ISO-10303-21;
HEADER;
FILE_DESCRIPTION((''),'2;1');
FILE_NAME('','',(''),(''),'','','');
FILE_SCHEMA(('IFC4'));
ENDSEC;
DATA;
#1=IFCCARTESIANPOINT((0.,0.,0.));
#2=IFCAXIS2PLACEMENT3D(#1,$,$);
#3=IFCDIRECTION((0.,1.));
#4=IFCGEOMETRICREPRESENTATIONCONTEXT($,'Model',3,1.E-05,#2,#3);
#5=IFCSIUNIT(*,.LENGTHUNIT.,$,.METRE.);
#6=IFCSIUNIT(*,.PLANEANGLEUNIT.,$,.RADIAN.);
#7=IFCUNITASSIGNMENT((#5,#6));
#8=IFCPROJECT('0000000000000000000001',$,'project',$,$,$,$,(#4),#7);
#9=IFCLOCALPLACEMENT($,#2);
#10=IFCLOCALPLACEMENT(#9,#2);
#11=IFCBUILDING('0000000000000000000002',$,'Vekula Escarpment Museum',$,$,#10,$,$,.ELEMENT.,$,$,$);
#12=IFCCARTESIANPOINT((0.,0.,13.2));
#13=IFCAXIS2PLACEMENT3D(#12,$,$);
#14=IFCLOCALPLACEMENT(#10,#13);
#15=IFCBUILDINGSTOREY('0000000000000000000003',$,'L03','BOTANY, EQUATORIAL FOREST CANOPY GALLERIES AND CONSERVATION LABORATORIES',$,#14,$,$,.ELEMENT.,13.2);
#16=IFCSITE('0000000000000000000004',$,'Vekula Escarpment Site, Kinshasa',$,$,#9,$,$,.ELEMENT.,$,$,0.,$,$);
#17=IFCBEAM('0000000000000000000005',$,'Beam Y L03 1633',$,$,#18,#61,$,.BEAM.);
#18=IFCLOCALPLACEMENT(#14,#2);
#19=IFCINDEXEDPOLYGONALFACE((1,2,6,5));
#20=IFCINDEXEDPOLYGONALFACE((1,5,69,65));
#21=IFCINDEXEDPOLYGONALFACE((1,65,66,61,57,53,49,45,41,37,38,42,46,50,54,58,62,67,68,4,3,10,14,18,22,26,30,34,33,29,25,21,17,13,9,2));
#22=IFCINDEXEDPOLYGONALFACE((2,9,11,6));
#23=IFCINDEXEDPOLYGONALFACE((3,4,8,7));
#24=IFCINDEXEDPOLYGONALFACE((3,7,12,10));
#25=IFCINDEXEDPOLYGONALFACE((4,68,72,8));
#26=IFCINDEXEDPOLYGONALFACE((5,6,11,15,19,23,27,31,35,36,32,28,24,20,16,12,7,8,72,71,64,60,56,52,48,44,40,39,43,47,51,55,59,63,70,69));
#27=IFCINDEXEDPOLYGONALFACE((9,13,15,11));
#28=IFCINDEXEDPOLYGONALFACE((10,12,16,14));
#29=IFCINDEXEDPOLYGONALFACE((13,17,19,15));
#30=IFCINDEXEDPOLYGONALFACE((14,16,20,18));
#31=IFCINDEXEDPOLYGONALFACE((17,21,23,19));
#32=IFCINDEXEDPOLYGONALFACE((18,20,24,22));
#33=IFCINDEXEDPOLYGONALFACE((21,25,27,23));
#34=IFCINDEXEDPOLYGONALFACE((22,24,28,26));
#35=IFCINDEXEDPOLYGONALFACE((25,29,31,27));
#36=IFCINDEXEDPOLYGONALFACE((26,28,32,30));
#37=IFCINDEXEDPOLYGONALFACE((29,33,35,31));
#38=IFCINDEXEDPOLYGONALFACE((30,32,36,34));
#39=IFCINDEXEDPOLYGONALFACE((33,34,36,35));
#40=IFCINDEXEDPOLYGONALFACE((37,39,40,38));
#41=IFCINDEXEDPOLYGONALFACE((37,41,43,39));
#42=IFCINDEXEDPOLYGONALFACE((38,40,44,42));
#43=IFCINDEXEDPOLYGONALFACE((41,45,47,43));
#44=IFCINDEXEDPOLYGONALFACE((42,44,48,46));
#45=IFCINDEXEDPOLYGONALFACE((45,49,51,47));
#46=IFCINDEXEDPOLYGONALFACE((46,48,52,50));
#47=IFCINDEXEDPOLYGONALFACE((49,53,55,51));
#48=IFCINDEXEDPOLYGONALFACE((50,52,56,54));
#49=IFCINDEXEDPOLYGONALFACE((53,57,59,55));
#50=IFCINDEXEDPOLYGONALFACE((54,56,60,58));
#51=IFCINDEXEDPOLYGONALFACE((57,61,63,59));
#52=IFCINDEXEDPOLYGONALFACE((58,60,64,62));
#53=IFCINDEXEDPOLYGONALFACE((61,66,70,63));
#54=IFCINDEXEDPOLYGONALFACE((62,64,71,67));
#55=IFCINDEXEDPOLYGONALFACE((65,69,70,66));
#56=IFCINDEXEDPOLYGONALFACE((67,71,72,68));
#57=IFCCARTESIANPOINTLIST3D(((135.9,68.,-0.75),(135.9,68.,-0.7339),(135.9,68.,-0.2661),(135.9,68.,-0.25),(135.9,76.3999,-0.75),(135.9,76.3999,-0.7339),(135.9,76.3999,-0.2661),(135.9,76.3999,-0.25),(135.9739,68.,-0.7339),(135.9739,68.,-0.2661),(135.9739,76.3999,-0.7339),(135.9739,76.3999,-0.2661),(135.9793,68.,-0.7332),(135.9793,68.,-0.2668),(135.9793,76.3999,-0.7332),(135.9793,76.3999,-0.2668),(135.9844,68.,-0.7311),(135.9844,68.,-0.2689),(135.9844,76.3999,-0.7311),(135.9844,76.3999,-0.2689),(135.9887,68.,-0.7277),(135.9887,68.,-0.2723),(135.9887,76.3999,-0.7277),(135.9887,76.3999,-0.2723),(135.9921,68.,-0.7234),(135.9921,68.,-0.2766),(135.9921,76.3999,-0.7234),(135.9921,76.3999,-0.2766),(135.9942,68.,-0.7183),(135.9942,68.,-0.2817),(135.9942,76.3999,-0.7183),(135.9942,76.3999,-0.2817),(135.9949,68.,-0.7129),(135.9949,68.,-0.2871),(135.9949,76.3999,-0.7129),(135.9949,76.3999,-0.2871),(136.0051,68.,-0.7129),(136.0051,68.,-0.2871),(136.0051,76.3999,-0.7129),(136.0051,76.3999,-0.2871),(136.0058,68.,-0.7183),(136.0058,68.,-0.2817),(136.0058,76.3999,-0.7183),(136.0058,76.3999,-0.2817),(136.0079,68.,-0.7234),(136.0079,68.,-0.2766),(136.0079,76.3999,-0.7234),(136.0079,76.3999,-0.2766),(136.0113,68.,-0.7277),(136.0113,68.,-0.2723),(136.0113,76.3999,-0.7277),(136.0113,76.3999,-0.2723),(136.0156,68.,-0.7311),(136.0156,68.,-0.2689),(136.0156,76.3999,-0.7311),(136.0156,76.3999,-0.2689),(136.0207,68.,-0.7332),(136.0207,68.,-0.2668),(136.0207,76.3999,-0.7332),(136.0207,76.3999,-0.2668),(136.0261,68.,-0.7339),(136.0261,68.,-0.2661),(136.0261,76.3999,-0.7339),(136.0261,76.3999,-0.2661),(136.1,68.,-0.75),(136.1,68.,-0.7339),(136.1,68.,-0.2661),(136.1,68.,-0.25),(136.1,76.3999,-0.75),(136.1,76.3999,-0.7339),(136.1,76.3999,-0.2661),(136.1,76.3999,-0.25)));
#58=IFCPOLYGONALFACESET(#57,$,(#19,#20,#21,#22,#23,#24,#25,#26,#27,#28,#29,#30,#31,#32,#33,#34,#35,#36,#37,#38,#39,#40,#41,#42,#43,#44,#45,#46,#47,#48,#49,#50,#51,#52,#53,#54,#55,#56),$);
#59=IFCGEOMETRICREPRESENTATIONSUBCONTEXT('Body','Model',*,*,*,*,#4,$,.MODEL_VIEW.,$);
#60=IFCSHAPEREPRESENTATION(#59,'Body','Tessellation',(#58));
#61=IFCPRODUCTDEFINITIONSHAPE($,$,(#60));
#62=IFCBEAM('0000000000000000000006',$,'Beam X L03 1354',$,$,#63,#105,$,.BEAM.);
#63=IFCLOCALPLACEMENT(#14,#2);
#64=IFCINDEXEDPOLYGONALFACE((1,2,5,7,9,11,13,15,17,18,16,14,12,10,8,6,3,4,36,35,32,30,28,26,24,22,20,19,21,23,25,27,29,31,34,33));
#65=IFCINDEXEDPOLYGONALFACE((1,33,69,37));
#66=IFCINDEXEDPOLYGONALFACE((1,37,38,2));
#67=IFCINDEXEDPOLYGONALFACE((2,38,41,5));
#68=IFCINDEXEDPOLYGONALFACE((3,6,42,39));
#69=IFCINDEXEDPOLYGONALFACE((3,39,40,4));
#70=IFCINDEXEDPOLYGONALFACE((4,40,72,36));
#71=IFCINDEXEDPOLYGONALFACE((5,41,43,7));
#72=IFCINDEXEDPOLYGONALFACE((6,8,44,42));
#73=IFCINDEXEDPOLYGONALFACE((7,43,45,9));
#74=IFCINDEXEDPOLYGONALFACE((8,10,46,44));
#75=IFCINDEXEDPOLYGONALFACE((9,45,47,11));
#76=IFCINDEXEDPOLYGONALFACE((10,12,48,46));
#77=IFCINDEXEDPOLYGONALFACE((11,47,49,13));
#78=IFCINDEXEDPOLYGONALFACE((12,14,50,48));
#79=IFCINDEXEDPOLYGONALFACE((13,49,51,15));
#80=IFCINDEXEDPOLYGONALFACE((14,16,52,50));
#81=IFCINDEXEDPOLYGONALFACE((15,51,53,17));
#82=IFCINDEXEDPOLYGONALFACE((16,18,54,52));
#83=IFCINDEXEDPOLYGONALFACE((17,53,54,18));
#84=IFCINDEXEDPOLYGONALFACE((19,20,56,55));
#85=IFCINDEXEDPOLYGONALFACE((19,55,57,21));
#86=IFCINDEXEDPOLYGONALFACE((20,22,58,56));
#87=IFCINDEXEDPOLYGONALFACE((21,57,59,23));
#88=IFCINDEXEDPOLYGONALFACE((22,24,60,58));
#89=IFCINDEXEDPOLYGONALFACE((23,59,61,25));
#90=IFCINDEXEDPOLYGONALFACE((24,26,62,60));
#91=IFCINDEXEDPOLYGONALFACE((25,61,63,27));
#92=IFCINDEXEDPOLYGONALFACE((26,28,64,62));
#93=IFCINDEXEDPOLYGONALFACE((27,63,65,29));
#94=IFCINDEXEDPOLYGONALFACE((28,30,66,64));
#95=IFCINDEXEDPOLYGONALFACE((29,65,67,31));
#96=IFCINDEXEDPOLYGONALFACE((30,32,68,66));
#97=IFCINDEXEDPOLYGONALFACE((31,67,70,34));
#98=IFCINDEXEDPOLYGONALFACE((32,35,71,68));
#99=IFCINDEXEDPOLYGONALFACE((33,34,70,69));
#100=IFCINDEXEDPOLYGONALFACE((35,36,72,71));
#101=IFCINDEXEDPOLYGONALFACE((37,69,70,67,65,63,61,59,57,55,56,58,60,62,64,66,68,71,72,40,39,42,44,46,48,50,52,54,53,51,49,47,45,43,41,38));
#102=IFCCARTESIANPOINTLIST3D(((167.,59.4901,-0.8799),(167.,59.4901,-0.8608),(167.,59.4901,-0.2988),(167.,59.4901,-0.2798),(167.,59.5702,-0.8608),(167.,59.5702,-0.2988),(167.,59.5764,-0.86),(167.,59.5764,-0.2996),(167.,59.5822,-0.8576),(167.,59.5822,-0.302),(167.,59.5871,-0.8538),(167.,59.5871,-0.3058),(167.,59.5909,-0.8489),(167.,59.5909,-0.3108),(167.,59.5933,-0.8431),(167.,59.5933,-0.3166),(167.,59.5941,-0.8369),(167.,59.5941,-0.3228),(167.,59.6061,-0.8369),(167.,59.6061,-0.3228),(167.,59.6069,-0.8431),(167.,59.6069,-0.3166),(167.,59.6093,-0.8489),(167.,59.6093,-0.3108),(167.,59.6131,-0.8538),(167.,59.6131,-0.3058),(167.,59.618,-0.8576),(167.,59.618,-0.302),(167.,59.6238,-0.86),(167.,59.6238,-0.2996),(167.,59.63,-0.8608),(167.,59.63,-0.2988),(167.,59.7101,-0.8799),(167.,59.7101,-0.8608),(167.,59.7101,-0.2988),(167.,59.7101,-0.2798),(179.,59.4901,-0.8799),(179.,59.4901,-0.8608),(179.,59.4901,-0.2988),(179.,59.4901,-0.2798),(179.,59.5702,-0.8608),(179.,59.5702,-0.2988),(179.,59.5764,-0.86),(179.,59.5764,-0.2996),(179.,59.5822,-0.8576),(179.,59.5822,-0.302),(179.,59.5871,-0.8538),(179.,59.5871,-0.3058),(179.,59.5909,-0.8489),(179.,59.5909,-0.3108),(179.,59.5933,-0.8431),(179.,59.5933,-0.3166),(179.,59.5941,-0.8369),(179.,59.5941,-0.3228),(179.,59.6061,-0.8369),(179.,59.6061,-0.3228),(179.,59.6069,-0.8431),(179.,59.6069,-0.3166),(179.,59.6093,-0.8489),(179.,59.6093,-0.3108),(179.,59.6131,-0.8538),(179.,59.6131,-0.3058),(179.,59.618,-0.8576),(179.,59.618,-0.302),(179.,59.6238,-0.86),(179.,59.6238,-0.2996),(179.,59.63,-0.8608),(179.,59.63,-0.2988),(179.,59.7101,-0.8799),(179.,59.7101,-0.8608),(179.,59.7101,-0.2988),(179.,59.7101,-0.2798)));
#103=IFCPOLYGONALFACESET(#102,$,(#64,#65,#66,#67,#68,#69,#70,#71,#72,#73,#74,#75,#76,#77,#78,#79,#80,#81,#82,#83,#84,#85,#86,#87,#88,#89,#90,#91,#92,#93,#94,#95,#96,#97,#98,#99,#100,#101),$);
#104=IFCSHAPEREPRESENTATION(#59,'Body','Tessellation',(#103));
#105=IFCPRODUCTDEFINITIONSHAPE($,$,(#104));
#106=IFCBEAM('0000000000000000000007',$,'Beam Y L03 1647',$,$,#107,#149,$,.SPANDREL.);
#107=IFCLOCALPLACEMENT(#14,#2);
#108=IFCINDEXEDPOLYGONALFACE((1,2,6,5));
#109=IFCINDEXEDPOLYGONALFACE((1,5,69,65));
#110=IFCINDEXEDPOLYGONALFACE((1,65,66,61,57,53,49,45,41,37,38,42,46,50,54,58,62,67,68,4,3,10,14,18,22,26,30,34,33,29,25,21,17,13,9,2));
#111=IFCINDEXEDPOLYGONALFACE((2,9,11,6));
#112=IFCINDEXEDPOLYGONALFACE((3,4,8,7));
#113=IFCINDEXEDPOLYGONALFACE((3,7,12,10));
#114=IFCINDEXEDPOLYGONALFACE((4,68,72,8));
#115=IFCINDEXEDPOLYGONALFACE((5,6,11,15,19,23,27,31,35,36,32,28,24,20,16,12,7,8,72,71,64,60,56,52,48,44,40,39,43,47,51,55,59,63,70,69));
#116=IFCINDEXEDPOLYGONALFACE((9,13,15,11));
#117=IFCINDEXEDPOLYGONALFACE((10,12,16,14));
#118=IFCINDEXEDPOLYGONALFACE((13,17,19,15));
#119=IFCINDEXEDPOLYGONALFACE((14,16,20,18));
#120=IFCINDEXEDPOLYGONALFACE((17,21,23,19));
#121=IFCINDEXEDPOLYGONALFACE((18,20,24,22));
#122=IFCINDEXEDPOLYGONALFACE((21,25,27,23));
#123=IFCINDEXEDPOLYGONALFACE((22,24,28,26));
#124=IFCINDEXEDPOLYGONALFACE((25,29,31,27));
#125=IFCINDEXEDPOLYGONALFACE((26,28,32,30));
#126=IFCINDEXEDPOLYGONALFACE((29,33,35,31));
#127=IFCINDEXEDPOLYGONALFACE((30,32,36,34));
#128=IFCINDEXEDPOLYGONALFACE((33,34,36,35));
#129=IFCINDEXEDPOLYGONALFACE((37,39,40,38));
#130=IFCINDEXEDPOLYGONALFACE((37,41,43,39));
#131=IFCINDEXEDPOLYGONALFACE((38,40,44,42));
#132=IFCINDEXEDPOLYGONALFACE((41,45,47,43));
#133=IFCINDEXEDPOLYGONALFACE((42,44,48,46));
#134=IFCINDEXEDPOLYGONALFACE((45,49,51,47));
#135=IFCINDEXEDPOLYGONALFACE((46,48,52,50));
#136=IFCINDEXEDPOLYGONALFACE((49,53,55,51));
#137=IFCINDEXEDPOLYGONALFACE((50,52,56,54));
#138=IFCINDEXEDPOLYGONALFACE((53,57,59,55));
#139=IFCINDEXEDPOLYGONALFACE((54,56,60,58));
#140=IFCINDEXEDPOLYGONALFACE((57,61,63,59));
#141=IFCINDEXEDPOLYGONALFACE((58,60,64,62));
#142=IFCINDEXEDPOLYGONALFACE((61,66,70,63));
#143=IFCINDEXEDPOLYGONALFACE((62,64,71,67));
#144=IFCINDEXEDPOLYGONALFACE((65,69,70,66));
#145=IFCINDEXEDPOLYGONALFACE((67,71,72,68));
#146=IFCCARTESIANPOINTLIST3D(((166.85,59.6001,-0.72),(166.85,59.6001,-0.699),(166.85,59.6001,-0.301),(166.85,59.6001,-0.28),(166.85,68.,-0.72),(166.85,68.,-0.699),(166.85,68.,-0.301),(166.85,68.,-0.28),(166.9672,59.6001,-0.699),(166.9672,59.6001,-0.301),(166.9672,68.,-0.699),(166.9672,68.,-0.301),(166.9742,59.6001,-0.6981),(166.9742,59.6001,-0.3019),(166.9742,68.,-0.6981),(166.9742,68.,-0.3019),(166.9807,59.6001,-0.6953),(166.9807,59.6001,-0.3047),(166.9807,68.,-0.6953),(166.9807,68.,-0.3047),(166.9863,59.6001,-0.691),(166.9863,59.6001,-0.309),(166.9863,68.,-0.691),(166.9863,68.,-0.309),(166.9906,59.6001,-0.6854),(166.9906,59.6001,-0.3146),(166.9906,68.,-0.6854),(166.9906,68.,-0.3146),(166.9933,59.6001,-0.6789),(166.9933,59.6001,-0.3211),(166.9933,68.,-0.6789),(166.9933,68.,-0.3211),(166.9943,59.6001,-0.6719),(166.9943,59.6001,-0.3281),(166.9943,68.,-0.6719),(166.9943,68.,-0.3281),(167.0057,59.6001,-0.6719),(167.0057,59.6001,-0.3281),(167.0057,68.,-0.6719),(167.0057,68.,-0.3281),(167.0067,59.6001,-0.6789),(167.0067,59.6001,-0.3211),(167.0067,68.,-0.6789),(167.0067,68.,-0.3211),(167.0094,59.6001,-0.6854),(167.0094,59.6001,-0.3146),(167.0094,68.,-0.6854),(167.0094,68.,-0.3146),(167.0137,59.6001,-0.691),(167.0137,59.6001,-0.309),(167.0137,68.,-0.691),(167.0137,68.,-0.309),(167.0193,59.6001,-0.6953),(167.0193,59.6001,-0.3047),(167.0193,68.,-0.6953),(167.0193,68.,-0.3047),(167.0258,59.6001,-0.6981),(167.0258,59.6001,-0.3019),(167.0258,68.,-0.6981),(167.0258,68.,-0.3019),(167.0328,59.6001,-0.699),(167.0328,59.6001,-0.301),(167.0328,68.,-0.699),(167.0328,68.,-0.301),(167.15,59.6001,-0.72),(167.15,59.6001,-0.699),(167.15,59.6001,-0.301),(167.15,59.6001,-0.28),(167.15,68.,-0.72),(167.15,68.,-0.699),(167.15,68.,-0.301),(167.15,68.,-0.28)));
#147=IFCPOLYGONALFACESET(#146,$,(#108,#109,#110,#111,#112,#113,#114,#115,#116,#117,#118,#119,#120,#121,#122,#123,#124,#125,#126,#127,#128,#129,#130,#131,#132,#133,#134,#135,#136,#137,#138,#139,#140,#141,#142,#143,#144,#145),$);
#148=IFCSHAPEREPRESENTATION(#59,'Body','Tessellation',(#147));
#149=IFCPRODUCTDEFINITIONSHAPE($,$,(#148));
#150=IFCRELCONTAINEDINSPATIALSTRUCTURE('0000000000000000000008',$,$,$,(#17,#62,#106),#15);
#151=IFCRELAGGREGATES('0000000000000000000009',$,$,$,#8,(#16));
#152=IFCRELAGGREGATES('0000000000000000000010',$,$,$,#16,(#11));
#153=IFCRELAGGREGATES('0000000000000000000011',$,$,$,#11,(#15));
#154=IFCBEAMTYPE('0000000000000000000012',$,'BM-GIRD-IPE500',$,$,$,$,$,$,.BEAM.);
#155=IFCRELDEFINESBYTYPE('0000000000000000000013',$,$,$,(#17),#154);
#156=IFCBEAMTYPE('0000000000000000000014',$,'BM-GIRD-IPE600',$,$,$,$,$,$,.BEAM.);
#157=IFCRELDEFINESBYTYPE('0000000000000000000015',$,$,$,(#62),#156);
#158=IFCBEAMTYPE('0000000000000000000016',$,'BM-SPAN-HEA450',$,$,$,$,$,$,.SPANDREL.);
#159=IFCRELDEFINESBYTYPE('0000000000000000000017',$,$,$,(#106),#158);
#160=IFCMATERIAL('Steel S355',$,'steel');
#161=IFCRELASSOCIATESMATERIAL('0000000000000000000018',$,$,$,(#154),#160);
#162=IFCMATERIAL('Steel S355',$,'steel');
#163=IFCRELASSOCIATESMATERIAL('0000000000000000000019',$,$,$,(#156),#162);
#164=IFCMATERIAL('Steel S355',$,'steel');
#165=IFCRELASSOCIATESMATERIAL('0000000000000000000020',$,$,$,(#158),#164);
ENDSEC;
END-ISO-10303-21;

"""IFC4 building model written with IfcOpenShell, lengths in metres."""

from ifc_helpers import new_model, si_unit, direction, frame, origin, origin_2d, place, context, subcontext, project, spatial, i_section, extrude, material, material_profile, profile_set, type_object, element, save


model = new_model("IFC4")

# Units and contexts
model_context = context("Model", 3, precision=1e-05, world=origin(), true_north=direction((0.0, 1.0)))
body_context = subcontext(model_context, "Body", "Model", "MODEL_VIEW")
ifc_project = project(units=[si_unit("LENGTHUNIT", "METRE"), si_unit("PLANEANGLEUNIT", "RADIAN")], contexts=[model_context])

# Site, building, storey
site_placement = place(None, origin())
site = spatial("IfcSite", under=ifc_project, at=site_placement, Name="Vekula Escarpment Site, Kinshasa", CompositionType="ELEMENT", RefElevation=0.0)
building_placement = place(site_placement, origin())
building = spatial("IfcBuilding", under=site, at=building_placement, Name="Vekula Escarpment Museum", CompositionType="ELEMENT")
storey_placement = place(building_placement, frame((0.0, 0.0, 13.2)))
storey = spatial("IfcBuildingStorey", under=building, at=storey_placement, Name="L03", Description="BOTANY, EQUATORIAL FOREST CANOPY GALLERIES AND CONSERVATION LABORATORIES", CompositionType="ELEMENT", Elevation=13.2)

# Beams
ifc_material_1 = material(Name="Steel S355", Category="steel")
ifc_material_profile_1 = material_profile(ifc_material_1, i_section(OverallWidth=0.2, OverallDepth=0.5, WebThickness=0.0103, FlangeThickness=0.0161, FilletRadius=0.021, at=origin_2d()), Name="IPE 500")
ifc_profile_set_1 = profile_set([ifc_material_profile_1], Name="Steel S355")
beam_type_1 = type_object("IfcBeamType", Name="BM-GIRD-IPE500", PredefinedType="BEAM", material=ifc_profile_set_1)
beam_1_placement = place(storey_placement, frame((136.0, 68.0, -0.5), z_axis=(0.0, 1.0, 0.0), x_axis=(-1.0, 0.0, 0.0)))
element("IfcBeam", 1, at=beam_1_placement, inside=storey, type_object=beam_type_1, Name="Beam Y L03 1633", PredefinedType="BEAM", context=body_context, shape_type="SweptSolid", body=[
    extrude(i_section(OverallWidth=0.2, OverallDepth=0.5, WebThickness=0.0103, FlangeThickness=0.0161, FilletRadius=0.021, at=origin_2d()), origin(), (0.0, 0.0, 1.0), 8.3999),
])
ifc_material_2 = material(Name="Steel S355", Category="steel")
ifc_material_profile_2 = material_profile(ifc_material_2, i_section(OverallWidth=0.22, OverallDepth=0.6001, WebThickness=0.012, FlangeThickness=0.019, FilletRadius=0.0239, at=origin_2d()), Name="IPE 600")
ifc_profile_set_2 = profile_set([ifc_material_profile_2], Name="Steel S355")
beam_type_2 = type_object("IfcBeamType", Name="BM-GIRD-IPE600", PredefinedType="BEAM", material=ifc_profile_set_2)
beam_2_placement = place(storey_placement, frame((167.0, 59.6001, -0.5798), z_axis=(1.0, 0.0, 0.0), x_axis=(0.0, 1.0, 0.0)))
element("IfcBeam", 2, at=beam_2_placement, inside=storey, type_object=beam_type_2, Name="Beam X L03 1354", PredefinedType="BEAM", context=body_context, shape_type="SweptSolid", body=[
    extrude(i_section(OverallWidth=0.22, OverallDepth=0.6001, WebThickness=0.012, FlangeThickness=0.019, FilletRadius=0.0239, at=origin_2d()), origin(), (0.0, 0.0, 1.0), 12.0),
])
ifc_material_3 = material(Name="Steel S355", Category="steel")
ifc_material_profile_3 = material_profile(ifc_material_3, i_section(OverallWidth=0.3, OverallDepth=0.4399, WebThickness=0.0115, FlangeThickness=0.021, FilletRadius=0.0271, at=origin_2d()), Name="HEA 450")
ifc_profile_set_3 = profile_set([ifc_material_profile_3], Name="Steel S355")
beam_type_3 = type_object("IfcBeamType", Name="BM-SPAN-HEA450", PredefinedType="SPANDREL", material=ifc_profile_set_3)
beam_3_placement = place(storey_placement, frame((167.0, 59.6001, -0.5), z_axis=(0.0, 1.0, 0.0), x_axis=(-1.0, 0.0, 0.0)))
element("IfcBeam", 3, at=beam_3_placement, inside=storey, type_object=beam_type_3, Name="Beam Y L03 1647", PredefinedType="SPANDREL", context=body_context, shape_type="SweptSolid", body=[
    extrude(i_section(OverallWidth=0.3, OverallDepth=0.4399, WebThickness=0.0115, FlangeThickness=0.021, FilletRadius=0.0271, at=origin_2d()), origin(), (0.0, 0.0, 1.0), 8.3999),
])

save(model, "model.ifc")
